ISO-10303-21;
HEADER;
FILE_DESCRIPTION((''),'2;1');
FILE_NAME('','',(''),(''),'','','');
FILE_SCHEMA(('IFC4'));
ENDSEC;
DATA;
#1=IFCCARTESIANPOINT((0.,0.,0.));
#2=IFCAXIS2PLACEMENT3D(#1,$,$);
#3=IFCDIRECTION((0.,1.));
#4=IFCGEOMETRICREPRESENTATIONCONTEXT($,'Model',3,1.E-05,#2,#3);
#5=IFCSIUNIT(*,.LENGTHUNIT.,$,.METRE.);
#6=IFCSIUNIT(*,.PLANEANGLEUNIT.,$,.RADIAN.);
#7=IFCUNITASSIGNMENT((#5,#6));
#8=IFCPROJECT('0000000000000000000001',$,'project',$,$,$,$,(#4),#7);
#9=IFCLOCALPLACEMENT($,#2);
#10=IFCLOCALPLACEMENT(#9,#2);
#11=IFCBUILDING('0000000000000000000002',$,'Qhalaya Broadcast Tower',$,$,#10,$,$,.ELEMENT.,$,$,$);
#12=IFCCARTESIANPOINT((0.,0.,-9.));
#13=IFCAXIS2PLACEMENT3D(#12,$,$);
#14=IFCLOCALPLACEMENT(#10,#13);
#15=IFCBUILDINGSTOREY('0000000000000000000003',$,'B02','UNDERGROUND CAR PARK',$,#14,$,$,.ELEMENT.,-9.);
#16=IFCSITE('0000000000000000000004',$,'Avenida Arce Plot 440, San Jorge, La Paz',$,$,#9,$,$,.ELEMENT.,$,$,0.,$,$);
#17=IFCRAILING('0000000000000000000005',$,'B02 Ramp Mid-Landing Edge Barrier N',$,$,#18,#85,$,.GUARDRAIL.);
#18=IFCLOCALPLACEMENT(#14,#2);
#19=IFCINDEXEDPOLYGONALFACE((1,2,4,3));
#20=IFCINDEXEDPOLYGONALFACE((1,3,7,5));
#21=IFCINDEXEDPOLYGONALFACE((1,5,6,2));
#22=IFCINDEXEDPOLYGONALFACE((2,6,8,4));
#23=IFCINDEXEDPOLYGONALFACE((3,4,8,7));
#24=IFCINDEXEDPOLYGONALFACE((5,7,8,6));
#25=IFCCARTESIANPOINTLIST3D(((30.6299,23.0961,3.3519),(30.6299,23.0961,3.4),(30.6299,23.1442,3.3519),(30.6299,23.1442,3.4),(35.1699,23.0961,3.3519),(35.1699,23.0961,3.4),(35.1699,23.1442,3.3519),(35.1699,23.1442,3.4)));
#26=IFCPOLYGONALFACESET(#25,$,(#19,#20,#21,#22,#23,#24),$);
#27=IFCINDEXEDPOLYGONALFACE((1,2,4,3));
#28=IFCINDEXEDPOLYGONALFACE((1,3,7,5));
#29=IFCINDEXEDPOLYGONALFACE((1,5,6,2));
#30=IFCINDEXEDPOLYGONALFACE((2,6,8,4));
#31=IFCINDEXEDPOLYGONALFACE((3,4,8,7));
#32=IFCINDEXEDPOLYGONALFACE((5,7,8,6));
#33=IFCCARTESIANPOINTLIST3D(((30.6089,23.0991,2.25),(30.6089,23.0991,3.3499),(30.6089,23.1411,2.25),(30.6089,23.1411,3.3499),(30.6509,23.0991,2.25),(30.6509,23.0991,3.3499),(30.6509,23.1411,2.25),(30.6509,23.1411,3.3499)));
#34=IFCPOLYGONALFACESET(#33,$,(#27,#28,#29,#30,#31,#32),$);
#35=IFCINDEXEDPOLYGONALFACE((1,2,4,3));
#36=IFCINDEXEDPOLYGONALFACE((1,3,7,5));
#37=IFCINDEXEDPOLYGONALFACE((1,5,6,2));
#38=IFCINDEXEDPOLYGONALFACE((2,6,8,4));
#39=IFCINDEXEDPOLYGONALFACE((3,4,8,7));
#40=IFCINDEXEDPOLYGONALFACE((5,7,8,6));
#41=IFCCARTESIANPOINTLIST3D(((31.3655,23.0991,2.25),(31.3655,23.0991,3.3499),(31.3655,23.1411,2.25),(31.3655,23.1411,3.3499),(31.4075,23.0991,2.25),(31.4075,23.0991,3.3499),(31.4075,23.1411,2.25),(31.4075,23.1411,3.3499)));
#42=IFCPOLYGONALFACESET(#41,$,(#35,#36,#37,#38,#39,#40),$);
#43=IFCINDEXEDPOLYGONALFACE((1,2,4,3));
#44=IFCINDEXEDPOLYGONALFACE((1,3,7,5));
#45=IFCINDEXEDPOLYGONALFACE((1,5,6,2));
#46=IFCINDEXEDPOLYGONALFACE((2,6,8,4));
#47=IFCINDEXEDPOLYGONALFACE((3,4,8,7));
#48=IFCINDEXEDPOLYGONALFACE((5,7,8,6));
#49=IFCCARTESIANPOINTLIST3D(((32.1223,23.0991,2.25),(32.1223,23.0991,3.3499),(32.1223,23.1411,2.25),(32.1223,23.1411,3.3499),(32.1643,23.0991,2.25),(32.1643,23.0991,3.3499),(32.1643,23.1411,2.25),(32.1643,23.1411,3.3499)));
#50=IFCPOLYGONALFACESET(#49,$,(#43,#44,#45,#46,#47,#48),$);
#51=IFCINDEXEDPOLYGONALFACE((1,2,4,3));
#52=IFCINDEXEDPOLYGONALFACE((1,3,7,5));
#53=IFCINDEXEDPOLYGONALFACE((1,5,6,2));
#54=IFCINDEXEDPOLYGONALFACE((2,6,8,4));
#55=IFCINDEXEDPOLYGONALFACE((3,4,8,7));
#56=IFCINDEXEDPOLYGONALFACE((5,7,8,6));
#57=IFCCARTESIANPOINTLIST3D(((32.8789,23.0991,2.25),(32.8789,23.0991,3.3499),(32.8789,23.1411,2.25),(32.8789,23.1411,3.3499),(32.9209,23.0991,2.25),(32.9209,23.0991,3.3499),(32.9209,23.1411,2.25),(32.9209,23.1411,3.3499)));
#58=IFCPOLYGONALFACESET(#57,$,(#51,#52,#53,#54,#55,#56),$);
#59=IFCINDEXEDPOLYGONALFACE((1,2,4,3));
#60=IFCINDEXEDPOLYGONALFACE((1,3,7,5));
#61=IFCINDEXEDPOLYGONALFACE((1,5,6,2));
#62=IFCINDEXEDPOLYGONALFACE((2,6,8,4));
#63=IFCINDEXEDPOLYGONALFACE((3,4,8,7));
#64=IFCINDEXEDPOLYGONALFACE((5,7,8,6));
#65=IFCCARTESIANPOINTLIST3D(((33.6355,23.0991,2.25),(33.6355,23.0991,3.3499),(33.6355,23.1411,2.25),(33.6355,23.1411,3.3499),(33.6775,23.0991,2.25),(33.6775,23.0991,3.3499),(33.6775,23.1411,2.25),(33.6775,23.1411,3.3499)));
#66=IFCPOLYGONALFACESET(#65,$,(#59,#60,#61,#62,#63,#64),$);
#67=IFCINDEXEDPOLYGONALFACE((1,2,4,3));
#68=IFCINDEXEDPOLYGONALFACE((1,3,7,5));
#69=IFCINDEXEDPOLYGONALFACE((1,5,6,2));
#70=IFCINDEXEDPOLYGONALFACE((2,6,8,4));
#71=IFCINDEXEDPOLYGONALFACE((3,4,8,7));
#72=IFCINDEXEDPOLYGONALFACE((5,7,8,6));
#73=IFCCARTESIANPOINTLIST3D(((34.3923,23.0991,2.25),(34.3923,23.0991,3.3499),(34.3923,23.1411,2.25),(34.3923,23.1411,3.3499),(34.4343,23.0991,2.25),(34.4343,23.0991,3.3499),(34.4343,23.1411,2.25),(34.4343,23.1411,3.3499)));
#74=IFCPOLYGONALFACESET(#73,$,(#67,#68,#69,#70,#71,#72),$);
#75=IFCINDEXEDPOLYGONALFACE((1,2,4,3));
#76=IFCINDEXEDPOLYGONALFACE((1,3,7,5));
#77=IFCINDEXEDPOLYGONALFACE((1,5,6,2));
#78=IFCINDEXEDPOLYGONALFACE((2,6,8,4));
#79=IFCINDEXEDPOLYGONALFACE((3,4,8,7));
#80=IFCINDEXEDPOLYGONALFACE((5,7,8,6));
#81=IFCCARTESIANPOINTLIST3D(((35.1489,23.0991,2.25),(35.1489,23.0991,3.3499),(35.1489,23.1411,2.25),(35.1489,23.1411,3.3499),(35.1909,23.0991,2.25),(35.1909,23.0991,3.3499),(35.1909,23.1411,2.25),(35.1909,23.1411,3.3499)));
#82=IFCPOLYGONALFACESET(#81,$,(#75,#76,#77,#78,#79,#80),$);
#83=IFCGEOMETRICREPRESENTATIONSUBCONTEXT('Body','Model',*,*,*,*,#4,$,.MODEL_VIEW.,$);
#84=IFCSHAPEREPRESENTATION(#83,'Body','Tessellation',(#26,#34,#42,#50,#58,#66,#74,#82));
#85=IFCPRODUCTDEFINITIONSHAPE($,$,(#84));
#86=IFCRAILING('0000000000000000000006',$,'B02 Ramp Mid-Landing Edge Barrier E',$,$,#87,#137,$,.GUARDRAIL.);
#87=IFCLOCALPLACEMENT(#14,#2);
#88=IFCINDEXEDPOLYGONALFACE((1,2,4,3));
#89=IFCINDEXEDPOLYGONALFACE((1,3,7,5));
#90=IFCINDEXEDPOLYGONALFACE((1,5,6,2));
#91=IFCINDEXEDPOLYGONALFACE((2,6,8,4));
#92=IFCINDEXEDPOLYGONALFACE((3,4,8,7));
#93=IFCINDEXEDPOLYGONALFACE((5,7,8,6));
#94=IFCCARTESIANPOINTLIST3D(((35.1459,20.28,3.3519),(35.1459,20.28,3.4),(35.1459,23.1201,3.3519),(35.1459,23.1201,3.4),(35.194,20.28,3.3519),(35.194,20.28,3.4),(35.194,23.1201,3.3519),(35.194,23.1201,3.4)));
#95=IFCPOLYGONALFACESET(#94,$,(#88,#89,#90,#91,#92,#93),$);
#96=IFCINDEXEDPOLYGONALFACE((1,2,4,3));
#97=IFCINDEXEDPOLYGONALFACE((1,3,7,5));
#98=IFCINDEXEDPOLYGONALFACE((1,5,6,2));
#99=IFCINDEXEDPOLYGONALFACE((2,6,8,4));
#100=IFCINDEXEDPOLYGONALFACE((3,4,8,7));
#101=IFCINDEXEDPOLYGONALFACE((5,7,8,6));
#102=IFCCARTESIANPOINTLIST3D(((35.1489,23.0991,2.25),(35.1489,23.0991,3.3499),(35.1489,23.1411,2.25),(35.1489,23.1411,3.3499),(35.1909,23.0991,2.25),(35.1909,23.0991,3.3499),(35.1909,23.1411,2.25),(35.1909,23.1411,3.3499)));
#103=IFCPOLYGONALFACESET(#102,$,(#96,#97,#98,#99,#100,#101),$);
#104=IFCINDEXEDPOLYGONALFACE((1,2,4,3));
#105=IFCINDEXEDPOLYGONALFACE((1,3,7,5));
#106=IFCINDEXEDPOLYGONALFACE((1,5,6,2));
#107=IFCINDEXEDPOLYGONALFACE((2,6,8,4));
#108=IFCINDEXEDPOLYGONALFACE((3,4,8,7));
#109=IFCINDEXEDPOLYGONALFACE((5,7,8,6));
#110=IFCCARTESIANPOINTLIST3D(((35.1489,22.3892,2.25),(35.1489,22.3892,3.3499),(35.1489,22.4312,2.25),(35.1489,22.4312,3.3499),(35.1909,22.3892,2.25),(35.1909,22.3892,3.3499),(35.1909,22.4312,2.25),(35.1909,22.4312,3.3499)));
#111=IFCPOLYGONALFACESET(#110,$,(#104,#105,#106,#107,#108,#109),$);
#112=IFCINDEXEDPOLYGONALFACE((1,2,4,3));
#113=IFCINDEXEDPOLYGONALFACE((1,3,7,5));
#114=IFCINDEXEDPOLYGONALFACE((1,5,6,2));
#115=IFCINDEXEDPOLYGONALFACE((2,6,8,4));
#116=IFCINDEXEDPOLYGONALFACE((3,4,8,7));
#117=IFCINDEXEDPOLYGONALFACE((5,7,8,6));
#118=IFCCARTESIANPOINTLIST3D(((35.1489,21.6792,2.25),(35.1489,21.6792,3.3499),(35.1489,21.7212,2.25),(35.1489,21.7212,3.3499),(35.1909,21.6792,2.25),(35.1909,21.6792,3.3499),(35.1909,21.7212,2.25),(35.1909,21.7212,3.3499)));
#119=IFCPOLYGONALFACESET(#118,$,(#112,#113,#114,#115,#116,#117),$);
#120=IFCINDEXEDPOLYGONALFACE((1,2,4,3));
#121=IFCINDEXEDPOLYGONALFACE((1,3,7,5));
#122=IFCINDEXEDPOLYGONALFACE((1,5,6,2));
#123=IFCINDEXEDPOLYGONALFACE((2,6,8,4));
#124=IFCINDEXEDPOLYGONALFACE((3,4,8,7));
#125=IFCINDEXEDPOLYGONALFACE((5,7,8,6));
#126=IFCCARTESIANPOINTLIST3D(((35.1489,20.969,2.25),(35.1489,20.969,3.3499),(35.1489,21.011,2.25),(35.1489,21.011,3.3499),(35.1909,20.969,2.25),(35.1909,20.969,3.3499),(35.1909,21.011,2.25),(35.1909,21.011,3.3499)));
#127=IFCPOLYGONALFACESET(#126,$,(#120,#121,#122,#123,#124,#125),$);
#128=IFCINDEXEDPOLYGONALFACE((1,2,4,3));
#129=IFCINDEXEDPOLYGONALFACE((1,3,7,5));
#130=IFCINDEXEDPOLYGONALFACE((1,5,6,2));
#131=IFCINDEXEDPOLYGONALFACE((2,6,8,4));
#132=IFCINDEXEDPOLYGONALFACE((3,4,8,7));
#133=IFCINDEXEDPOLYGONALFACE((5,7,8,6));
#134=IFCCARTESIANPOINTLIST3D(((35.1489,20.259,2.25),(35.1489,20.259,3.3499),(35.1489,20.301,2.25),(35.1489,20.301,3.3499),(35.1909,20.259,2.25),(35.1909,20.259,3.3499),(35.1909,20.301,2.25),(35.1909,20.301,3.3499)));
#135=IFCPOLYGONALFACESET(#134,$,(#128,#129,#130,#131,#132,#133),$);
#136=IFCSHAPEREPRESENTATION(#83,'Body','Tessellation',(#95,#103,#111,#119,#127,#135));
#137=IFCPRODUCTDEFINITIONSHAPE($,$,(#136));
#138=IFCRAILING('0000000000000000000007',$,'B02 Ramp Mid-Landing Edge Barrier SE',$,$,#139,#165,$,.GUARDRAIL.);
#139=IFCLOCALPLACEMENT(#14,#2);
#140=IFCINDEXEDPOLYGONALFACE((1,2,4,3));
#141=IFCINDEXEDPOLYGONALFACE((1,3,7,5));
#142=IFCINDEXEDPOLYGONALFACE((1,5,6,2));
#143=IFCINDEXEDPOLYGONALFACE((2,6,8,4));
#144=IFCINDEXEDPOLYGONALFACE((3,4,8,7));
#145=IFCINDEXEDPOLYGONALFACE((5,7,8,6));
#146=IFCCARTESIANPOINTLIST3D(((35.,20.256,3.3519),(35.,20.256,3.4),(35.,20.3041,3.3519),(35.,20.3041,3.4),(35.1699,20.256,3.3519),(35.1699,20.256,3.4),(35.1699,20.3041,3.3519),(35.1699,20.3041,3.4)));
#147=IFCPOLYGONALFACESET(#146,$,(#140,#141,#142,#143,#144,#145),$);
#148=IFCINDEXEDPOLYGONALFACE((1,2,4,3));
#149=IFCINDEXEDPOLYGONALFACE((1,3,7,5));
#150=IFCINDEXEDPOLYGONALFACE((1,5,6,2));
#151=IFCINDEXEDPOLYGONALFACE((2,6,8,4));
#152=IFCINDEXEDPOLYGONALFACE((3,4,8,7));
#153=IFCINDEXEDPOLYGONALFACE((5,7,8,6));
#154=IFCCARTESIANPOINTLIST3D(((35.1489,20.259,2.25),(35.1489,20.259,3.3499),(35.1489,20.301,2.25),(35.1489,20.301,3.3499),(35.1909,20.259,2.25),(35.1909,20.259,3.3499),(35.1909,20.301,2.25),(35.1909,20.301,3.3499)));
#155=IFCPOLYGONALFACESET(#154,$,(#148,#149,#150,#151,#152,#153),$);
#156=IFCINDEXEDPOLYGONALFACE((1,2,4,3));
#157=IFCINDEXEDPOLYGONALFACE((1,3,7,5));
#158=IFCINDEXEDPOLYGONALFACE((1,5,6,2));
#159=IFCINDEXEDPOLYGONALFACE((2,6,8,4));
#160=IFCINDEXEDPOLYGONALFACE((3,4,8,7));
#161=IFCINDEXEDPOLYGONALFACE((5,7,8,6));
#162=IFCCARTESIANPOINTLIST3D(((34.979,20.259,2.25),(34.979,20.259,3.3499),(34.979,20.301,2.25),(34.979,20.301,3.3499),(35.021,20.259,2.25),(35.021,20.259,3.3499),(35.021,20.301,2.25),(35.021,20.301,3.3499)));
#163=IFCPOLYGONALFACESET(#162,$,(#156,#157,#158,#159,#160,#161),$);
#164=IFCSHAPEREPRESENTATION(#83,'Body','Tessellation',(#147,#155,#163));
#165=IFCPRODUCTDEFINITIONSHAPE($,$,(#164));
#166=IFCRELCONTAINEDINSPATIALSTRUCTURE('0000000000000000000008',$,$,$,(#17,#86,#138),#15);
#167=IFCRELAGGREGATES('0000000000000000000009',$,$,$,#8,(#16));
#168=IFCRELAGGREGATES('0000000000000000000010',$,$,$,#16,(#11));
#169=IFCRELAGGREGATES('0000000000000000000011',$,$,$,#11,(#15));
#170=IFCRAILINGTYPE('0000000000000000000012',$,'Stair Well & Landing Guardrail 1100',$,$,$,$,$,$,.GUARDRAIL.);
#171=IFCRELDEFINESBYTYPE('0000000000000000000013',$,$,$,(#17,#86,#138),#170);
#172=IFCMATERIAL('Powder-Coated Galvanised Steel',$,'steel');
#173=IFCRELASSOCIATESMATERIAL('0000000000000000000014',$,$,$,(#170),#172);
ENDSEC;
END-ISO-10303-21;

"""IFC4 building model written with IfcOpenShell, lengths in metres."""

from ifc_helpers import new_model, si_unit, direction, frame, origin, origin_2d, place, context, subcontext, project, spatial, rectangle, extrude, material, type_object, element, save


model = new_model("IFC4")

# Units and contexts
model_context = context("Model", 3, precision=1e-05, world=origin(), true_north=direction((0.0, 1.0)))
body_context = subcontext(model_context, "Body", "Model", "MODEL_VIEW")
ifc_project = project(units=[si_unit("LENGTHUNIT", "METRE"), si_unit("PLANEANGLEUNIT", "RADIAN")], contexts=[model_context])

# Site, building, storey
site_placement = place(None, origin())
site = spatial("IfcSite", under=ifc_project, at=site_placement, Name="Avenida Arce Plot 440, San Jorge, La Paz", CompositionType="ELEMENT", RefElevation=0.0)
building_placement = place(site_placement, origin())
building = spatial("IfcBuilding", under=site, at=building_placement, Name="Qhalaya Broadcast Tower", CompositionType="ELEMENT")
storey_placement = place(building_placement, frame((0.0, 0.0, -9.0)))
storey = spatial("IfcBuildingStorey", under=building, at=storey_placement, Name="B02", Description="UNDERGROUND CAR PARK", CompositionType="ELEMENT", Elevation=-9.0)

# Railings
ifc_material_1 = material(Name="Powder-Coated Galvanised Steel", Category="steel")
railing_type = type_object("IfcRailingType", Name="Stair Well & Landing Guardrail 1100", PredefinedType="GUARDRAIL", material=ifc_material_1)
railing_1_placement = place(storey_placement, frame((30.6299, 23.1201, 2.25)))
element("IfcRailing", 1, at=railing_1_placement, inside=storey, type_object=railing_type, Name="B02 Ramp Mid-Landing Edge Barrier N", PredefinedType="GUARDRAIL", context=body_context, shape_type="SweptSolid", body=[
    extrude(rectangle(XDim=0.0481, YDim=0.0481, at=origin_2d()), frame((0.0, 0.0, 1.126), z_axis=(1.0, 0.0, 0.0), x_axis=(0.0, 1.0, 0.0)), (0.0, 0.0, 1.0), 4.54),
    extrude(rectangle(XDim=0.042, YDim=0.042, at=origin_2d()), origin(), (0.0, 0.0, 1.0), 1.0999),
    extrude(rectangle(XDim=0.042, YDim=0.042, at=origin_2d()), frame((0.7566, 0.0, 0.0)), (0.0, 0.0, 1.0), 1.0999),
    extrude(rectangle(XDim=0.042, YDim=0.042, at=origin_2d()), frame((1.5134, 0.0, 0.0)), (0.0, 0.0, 1.0), 1.0999),
    extrude(rectangle(XDim=0.042, YDim=0.042, at=origin_2d()), frame((2.27, 0.0, 0.0)), (0.0, 0.0, 1.0), 1.0999),
    extrude(rectangle(XDim=0.042, YDim=0.042, at=origin_2d()), frame((3.0266, 0.0, 0.0)), (0.0, 0.0, 1.0), 1.0999),
    extrude(rectangle(XDim=0.042, YDim=0.042, at=origin_2d()), frame((3.7834, 0.0, 0.0)), (0.0, 0.0, 1.0), 1.0999),
    extrude(rectangle(XDim=0.042, YDim=0.042, at=origin_2d()), frame((4.54, 0.0, 0.0)), (0.0, 0.0, 1.0), 1.0999),
])
railing_2_placement = place(storey_placement, frame((35.1699, 23.1201, 2.25)))
element("IfcRailing", 2, at=railing_2_placement, inside=storey, type_object=railing_type, Name="B02 Ramp Mid-Landing Edge Barrier E", PredefinedType="GUARDRAIL", context=body_context, shape_type="SweptSolid", body=[
    extrude(rectangle(XDim=0.0481, YDim=0.0481, at=origin_2d()), frame((0.0, 0.0, 1.126), z_axis=(0.0, -1.0, 0.0), x_axis=(1.0, 0.0, 0.0)), (0.0, 0.0, 1.0), 2.8401),
    extrude(rectangle(XDim=0.042, YDim=0.042, at=origin_2d()), origin(), (0.0, 0.0, 1.0), 1.0999),
    extrude(rectangle(XDim=0.042, YDim=0.042, at=origin_2d()), frame((0.0, -0.71, 0.0)), (0.0, 0.0, 1.0), 1.0999),
    extrude(rectangle(XDim=0.042, YDim=0.042, at=origin_2d()), frame((0.0, -1.4199, 0.0)), (0.0, 0.0, 1.0), 1.0999),
    extrude(rectangle(XDim=0.042, YDim=0.042, at=origin_2d()), frame((0.0, -2.1301, 0.0)), (0.0, 0.0, 1.0), 1.0999),
    extrude(rectangle(XDim=0.042, YDim=0.042, at=origin_2d()), frame((0.0, -2.8401, 0.0)), (0.0, 0.0, 1.0), 1.0999),
])
railing_3_placement = place(storey_placement, frame((35.1699, 20.28, 2.25)))
element("IfcRailing", 3, at=railing_3_placement, inside=storey, type_object=railing_type, Name="B02 Ramp Mid-Landing Edge Barrier SE", PredefinedType="GUARDRAIL", context=body_context, shape_type="SweptSolid", body=[
    extrude(rectangle(XDim=0.0481, YDim=0.0481, at=origin_2d()), frame((0.0, 0.0, 1.126), z_axis=(-1.0, 0.0, 0.0), x_axis=(0.0, -1.0, 0.0)), (0.0, 0.0, 1.0), 0.1699),
    extrude(rectangle(XDim=0.042, YDim=0.042, at=origin_2d()), origin(), (0.0, 0.0, 1.0), 1.0999),
    extrude(rectangle(XDim=0.042, YDim=0.042, at=origin_2d()), frame((-0.1699, 0.0, 0.0)), (0.0, 0.0, 1.0), 1.0999),
])

save(model, "model.ifc")
